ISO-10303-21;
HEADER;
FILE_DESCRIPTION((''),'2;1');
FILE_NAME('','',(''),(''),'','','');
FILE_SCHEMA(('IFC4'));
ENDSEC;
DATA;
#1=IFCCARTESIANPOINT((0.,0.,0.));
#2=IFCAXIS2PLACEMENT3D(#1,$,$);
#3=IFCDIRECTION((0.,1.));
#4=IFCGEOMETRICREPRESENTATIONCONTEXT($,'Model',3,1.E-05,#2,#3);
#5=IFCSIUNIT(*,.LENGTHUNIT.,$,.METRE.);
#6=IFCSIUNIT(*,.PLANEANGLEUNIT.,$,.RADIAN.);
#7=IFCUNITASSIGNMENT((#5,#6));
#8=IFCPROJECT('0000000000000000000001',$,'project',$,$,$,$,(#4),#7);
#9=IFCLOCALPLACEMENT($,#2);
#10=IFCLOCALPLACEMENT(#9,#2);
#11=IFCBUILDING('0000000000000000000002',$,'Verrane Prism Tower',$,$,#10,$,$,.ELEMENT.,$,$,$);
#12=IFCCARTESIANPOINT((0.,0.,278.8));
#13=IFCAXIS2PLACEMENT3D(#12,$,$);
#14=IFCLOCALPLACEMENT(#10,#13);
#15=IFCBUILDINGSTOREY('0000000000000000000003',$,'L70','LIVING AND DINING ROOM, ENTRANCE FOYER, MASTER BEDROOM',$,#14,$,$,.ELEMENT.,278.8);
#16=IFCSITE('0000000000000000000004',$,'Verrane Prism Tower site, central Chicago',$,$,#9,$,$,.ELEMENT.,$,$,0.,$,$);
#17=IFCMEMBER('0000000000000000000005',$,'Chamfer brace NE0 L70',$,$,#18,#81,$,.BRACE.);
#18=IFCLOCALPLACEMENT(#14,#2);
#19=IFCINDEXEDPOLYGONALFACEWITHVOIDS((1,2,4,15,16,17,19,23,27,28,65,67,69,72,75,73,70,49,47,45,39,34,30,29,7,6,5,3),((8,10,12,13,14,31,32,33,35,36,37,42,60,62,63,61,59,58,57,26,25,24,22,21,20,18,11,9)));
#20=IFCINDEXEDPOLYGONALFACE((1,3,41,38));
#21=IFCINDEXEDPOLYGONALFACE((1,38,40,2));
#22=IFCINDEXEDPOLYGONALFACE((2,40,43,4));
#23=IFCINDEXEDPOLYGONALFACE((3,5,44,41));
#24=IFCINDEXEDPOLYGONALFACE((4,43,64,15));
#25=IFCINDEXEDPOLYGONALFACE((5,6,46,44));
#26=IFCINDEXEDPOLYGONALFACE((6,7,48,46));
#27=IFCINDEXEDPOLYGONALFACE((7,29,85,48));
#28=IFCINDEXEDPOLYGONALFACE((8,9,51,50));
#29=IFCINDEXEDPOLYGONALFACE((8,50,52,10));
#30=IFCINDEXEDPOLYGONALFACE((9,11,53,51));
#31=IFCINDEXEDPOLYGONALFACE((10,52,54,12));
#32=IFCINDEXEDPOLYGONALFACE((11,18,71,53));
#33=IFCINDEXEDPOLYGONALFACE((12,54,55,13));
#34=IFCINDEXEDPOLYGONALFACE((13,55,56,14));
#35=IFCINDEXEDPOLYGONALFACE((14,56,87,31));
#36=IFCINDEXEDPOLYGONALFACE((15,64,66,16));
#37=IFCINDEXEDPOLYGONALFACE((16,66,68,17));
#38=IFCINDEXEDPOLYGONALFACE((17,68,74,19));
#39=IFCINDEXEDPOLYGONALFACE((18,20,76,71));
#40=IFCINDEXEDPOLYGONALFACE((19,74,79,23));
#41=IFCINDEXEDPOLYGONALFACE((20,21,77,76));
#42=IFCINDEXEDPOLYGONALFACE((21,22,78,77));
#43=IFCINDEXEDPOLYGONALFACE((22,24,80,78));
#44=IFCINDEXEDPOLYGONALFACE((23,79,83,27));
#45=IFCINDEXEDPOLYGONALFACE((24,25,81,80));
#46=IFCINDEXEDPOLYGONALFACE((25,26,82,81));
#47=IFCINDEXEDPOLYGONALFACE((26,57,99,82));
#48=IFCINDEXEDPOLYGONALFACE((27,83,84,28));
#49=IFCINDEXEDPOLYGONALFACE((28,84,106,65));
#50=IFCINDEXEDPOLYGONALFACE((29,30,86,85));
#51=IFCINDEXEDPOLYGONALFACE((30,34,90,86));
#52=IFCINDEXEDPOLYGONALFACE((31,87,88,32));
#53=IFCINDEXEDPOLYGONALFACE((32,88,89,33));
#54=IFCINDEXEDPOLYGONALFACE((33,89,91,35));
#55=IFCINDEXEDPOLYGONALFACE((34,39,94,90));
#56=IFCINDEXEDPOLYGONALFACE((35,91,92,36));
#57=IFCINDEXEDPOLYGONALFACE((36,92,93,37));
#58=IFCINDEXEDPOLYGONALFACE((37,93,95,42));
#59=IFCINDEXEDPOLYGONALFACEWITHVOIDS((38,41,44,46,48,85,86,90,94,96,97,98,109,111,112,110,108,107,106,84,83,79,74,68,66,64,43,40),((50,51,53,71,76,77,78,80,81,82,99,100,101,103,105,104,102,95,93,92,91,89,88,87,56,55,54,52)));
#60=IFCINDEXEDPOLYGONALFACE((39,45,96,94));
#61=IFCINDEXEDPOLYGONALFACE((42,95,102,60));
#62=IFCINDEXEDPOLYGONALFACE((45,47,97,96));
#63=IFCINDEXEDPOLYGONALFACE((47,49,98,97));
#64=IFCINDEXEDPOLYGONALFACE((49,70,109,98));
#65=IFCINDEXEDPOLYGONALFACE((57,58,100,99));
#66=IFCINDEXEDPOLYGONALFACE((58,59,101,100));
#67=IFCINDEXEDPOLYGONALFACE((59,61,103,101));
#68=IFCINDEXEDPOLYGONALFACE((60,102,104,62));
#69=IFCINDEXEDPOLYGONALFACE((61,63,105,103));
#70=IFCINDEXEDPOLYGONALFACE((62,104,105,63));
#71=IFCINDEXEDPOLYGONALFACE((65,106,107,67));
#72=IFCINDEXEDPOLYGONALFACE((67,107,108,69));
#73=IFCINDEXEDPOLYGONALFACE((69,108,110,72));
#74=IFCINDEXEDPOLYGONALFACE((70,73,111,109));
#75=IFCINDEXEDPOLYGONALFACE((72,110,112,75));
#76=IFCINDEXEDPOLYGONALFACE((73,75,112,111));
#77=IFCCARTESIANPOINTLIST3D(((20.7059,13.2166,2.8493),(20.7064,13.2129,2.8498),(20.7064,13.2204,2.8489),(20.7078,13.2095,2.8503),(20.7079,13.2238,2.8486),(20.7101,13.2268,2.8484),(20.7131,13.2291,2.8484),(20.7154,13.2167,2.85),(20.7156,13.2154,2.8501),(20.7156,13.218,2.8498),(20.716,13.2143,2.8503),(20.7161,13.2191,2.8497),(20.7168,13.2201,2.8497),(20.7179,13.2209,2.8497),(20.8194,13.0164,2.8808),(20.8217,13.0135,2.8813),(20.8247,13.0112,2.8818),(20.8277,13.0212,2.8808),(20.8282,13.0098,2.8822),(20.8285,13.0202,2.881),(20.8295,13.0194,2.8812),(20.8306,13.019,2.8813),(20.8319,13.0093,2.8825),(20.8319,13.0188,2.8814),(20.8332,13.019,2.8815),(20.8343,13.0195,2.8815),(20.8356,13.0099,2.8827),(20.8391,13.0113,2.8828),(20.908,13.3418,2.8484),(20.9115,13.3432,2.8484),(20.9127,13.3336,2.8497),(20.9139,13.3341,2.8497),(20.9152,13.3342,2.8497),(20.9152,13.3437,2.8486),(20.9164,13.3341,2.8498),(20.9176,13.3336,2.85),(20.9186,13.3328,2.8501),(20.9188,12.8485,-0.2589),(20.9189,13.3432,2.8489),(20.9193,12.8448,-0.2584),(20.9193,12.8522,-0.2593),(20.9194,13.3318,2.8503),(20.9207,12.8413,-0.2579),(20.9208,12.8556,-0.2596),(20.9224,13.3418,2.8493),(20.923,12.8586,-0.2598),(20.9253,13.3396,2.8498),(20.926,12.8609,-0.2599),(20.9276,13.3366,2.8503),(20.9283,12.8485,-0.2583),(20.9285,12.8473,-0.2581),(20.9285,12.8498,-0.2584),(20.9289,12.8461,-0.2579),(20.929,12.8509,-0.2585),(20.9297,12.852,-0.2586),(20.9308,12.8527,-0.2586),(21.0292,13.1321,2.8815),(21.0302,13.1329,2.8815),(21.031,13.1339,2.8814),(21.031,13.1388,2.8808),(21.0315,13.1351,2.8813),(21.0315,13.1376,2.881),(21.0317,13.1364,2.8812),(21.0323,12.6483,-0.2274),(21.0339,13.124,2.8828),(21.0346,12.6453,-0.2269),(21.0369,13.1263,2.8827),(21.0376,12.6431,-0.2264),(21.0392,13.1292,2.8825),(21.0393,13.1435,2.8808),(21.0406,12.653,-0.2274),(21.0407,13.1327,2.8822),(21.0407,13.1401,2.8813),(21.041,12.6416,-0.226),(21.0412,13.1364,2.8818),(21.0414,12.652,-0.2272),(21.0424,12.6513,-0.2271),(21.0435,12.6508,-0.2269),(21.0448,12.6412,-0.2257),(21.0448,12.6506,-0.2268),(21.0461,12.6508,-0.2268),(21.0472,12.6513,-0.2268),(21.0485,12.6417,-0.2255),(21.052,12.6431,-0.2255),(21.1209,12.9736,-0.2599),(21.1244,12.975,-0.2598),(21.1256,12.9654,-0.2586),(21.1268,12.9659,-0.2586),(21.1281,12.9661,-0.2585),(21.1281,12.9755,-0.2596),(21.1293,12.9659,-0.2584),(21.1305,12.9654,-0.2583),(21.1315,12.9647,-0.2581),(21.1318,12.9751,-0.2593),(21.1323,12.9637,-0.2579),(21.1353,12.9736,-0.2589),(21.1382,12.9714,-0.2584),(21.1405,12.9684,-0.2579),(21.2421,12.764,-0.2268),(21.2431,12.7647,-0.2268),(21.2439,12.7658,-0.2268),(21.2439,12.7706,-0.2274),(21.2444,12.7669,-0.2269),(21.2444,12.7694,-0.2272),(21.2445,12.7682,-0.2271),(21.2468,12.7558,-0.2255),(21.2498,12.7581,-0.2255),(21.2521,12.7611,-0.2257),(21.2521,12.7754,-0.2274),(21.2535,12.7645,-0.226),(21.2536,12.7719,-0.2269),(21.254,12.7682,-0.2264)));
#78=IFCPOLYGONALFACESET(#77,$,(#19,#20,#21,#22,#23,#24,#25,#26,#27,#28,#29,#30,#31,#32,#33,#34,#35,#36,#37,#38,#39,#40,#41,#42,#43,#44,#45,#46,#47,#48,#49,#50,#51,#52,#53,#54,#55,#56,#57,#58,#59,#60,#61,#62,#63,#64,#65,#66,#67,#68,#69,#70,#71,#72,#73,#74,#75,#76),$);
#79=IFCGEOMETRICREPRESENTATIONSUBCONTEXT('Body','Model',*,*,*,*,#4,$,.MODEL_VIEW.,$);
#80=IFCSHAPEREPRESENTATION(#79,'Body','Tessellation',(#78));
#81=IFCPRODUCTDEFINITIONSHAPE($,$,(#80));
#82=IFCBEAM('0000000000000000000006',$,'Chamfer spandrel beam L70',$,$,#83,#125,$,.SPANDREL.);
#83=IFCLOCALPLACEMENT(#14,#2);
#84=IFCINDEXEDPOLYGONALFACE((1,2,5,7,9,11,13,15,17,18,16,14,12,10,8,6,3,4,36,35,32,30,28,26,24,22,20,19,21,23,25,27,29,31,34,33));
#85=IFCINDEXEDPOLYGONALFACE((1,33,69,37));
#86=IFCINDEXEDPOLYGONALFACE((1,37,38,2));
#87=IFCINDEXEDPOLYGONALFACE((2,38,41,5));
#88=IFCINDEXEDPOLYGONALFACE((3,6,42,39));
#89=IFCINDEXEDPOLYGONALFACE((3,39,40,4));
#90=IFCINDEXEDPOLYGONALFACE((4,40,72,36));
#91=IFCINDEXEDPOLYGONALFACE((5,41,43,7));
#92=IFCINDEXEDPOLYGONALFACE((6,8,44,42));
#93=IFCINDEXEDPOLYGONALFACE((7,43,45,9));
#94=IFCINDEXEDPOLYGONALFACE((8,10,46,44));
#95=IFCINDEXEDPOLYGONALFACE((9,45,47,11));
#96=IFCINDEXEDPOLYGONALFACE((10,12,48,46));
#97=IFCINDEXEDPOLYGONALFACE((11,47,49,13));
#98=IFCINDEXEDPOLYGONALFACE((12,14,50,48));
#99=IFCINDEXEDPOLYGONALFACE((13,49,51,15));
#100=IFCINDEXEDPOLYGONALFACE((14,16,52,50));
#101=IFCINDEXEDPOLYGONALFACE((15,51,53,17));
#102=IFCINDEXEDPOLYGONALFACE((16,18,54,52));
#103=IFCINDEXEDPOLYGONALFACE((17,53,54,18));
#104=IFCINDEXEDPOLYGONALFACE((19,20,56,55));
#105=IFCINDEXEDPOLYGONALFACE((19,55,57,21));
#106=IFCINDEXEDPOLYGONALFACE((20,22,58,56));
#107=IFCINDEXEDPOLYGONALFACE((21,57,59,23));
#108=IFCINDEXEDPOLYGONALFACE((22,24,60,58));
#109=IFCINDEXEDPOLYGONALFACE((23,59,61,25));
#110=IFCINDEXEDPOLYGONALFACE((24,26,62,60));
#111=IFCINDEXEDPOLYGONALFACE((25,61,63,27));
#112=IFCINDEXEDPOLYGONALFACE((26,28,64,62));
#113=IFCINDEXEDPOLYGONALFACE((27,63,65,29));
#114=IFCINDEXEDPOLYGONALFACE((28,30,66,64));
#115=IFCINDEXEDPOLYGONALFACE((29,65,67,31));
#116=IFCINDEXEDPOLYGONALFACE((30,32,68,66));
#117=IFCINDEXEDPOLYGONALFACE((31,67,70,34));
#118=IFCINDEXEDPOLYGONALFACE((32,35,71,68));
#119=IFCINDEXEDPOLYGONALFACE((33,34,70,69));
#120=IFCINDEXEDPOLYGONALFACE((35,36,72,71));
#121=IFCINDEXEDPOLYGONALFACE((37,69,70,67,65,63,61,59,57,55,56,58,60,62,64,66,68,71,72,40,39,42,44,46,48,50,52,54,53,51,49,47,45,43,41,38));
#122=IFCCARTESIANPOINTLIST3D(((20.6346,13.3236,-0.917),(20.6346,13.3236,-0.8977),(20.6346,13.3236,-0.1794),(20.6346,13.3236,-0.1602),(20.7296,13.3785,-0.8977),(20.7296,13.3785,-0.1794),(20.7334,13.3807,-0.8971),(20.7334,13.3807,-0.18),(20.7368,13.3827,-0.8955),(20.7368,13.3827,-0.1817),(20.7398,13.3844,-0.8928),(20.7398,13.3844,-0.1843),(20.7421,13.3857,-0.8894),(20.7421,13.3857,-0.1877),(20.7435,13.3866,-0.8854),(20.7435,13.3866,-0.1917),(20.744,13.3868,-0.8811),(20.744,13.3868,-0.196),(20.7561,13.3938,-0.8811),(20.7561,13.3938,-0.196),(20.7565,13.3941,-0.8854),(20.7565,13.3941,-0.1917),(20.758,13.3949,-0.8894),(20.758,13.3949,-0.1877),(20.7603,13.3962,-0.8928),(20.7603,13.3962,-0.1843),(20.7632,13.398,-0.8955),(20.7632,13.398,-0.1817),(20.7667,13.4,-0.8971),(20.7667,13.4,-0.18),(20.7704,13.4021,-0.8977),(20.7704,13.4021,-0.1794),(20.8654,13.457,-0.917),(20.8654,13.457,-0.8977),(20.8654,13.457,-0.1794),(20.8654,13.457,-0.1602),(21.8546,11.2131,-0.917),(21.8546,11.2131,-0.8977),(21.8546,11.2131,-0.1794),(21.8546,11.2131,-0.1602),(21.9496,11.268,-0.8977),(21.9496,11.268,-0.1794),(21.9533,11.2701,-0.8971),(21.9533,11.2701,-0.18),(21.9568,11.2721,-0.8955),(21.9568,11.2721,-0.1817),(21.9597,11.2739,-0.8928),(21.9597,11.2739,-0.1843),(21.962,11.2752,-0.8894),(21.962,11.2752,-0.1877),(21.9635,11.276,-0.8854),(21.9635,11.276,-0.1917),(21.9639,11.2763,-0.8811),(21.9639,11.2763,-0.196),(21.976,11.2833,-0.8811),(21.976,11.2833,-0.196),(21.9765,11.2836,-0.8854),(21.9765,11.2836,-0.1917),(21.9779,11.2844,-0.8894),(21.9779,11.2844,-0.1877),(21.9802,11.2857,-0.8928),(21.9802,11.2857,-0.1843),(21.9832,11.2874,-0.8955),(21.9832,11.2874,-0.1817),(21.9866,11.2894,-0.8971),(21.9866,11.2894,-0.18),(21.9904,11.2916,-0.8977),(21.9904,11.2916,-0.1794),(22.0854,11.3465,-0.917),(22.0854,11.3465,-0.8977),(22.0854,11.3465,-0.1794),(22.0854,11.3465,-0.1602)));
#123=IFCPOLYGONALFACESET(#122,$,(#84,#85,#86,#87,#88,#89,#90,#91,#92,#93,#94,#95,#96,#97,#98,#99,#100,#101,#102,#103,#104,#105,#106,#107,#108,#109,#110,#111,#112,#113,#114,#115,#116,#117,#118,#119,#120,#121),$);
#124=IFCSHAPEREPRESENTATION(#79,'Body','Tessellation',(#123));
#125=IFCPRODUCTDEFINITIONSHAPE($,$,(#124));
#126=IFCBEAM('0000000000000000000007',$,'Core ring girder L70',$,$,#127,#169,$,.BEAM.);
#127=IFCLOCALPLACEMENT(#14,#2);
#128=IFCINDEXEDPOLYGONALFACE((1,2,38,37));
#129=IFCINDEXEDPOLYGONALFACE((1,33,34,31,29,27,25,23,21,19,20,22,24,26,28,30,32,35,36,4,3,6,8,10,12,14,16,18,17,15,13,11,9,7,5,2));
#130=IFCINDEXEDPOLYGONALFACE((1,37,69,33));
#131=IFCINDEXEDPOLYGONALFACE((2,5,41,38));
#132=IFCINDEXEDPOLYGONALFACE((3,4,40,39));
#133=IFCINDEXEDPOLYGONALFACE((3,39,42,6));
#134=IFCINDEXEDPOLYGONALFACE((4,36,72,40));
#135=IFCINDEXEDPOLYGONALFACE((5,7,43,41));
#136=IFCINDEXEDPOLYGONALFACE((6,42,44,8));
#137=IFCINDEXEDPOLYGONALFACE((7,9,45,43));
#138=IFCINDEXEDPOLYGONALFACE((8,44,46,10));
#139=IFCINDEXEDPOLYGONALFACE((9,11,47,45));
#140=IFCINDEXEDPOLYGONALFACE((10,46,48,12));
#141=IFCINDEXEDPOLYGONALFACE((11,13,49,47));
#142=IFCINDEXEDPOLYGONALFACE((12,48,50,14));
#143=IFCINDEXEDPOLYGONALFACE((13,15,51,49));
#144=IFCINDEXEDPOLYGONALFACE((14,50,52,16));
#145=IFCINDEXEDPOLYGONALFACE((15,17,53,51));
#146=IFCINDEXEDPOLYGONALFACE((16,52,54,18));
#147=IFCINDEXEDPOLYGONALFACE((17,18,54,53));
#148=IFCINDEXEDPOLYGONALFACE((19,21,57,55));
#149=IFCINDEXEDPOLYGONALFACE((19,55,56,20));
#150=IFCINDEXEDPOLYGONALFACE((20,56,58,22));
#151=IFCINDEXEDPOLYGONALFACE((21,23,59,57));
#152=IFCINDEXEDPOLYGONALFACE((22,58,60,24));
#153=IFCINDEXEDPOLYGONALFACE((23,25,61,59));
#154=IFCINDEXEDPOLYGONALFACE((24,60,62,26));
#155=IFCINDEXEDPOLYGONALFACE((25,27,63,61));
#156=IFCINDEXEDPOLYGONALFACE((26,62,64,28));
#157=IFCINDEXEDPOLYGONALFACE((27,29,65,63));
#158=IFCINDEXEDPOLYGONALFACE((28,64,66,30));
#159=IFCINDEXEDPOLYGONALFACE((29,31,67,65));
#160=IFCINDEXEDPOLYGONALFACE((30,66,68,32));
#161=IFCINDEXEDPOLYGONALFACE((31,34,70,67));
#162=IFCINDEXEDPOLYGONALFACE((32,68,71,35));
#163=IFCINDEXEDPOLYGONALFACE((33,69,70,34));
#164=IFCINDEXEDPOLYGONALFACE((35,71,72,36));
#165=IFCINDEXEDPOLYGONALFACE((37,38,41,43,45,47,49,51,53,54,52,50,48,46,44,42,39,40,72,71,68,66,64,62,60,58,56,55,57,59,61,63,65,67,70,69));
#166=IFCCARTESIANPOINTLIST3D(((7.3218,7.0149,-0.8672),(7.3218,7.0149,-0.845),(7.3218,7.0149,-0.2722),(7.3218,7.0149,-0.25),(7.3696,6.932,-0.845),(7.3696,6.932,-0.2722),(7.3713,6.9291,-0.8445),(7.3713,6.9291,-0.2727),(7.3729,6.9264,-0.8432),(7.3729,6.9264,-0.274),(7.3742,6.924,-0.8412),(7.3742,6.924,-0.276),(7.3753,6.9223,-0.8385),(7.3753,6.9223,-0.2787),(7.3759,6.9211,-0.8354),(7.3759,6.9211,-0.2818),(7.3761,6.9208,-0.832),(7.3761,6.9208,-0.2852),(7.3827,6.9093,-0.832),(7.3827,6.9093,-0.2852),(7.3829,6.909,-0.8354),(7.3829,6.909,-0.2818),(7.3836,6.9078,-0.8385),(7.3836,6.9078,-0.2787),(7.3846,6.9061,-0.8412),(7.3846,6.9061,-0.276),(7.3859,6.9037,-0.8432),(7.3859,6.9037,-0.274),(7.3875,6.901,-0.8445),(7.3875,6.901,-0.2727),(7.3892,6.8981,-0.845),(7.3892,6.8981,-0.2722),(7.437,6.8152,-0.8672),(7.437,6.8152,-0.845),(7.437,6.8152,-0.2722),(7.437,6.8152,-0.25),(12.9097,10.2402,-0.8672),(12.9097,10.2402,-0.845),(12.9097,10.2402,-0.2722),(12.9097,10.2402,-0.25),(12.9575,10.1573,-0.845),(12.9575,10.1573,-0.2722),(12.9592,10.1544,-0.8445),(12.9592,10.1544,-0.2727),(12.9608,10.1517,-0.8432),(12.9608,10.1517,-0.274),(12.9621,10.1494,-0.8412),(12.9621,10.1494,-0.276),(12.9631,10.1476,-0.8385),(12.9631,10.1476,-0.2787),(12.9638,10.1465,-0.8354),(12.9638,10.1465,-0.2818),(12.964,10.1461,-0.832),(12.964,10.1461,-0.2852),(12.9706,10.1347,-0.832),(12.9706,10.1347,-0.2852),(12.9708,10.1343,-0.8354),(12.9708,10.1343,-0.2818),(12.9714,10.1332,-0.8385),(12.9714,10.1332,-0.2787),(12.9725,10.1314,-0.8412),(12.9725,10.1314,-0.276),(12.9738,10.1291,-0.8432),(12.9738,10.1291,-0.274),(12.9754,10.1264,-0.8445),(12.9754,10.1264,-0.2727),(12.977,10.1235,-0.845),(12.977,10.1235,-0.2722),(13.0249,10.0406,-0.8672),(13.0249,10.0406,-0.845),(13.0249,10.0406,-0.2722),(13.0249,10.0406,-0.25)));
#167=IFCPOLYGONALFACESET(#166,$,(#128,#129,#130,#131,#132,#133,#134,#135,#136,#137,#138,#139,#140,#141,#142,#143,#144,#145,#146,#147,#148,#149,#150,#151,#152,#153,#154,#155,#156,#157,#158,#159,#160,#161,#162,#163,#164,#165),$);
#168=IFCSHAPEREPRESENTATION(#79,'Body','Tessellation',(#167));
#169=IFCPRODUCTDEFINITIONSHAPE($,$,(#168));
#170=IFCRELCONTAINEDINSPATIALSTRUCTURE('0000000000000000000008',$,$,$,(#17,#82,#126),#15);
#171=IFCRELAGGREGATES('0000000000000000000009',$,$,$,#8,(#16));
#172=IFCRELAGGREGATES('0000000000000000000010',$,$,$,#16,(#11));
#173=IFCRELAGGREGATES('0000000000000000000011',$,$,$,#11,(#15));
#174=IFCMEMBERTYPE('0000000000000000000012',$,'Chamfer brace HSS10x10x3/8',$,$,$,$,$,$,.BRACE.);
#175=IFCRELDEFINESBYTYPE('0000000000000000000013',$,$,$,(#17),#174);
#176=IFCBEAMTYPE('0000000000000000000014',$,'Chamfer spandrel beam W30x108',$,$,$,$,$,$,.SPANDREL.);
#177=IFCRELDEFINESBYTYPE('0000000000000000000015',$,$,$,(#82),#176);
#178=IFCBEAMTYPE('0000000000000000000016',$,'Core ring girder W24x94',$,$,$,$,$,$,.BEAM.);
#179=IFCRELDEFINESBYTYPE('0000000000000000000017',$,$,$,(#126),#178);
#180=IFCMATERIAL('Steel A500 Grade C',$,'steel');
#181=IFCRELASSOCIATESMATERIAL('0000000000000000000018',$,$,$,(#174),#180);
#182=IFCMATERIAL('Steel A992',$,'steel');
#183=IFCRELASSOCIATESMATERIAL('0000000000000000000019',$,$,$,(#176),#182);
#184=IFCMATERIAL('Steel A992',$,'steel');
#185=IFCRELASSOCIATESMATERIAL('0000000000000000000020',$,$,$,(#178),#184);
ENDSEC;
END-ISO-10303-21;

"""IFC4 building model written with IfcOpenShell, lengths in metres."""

from ifc_helpers import new_model, si_unit, direction, frame, origin, origin_2d, place, context, subcontext, project, spatial, hollow_rectangle, i_section, extrude, material, material_profile, profile_set, type_object, element, save


model = new_model("IFC4")

# Units and contexts
model_context = context("Model", 3, precision=1e-05, world=origin(), true_north=direction((0.0, 1.0)))
body_context = subcontext(model_context, "Body", "Model", "MODEL_VIEW")
ifc_project = project(units=[si_unit("LENGTHUNIT", "METRE"), si_unit("PLANEANGLEUNIT", "RADIAN")], contexts=[model_context])

# Site, building, storey
site_placement = place(None, origin())
site = spatial("IfcSite", under=ifc_project, at=site_placement, Name="Verrane Prism Tower site, central Chicago", CompositionType="ELEMENT", RefElevation=0.0)
building_placement = place(site_placement, origin())
building = spatial("IfcBuilding", under=site, at=building_placement, Name="Verrane Prism Tower", CompositionType="ELEMENT")
storey_placement = place(building_placement, frame((0.0, 0.0, 278.8)))
storey = spatial("IfcBuildingStorey", under=building, at=storey_placement, Name="L70", Description="LIVING AND DINING ROOM, ENTRANCE FOYER, MASTER BEDROOM", CompositionType="ELEMENT", Elevation=278.8)

# Member
ifc_material_1 = material(Name="Steel A500 Grade C", Category="steel")
ifc_material_profile_1 = material_profile(ifc_material_1, hollow_rectangle(XDim=0.2539, YDim=0.2539, WallThickness=0.0095, InnerFilletRadius=0.0049, OuterFilletRadius=0.0144, at=origin_2d()), Name="HSS10x10x3/8")
ifc_profile_set_1 = profile_set([ifc_material_profile_1], Name="Steel A500 Grade C")
member_type_1 = type_object("IfcMemberType", Name="Chamfer brace HSS10x10x3/8", PredefinedType="BRACE", material=ifc_profile_set_1)
member_1_placement = place(storey_placement, frame((21.0864, 12.8083, -0.2427), z_axis=(-0.067862, 0.117358, 0.990768), x_axis=(-0.865688, -0.500584, 0.0)))
element("IfcMember", 1, at=member_1_placement, inside=storey, type_object=member_type_1, Name="Chamfer brace NE0 L70", PredefinedType="BRACE", context=body_context, shape_type="SweptSolid", body=[
    extrude(hollow_rectangle(XDim=0.2539, YDim=0.2539, WallThickness=0.0095, InnerFilletRadius=0.0049, OuterFilletRadius=0.0144, at=origin_2d()), origin(), (0.0, 0.0, 1.0), 3.1372),
])

# Beams
ifc_material_2 = material(Name="Steel A992", Category="steel")
ifc_material_profile_2 = material_profile(ifc_material_2, i_section(OverallWidth=0.2666, OverallDepth=0.7568, WebThickness=0.0139, FlangeThickness=0.0193, FilletRadius=0.0166, at=origin_2d()), Name="W30x108")
ifc_profile_set_2 = profile_set([ifc_material_profile_2], Name="Steel A992")
beam_type_1 = type_object("IfcBeamType", Name="Chamfer spandrel beam W30x108", PredefinedType="SPANDREL", material=ifc_profile_set_2)
beam_1_placement = place(storey_placement, frame((21.97, 11.2798, -0.5386), z_axis=(-0.500436, 0.865773, 0.0), x_axis=(-0.865773, -0.500436, 0.0)))
element("IfcBeam", 2, at=beam_1_placement, inside=storey, type_object=beam_type_1, Name="Chamfer spandrel beam L70", PredefinedType="SPANDREL", context=body_context, shape_type="SweptSolid", body=[
    extrude(i_section(OverallWidth=0.2666, OverallDepth=0.7568, WebThickness=0.0139, FlangeThickness=0.0193, FilletRadius=0.0166, at=origin_2d()), origin(), (0.0, 0.0, 1.0), 2.4377),
])
ifc_material_3 = material(Name="Steel A992", Category="steel")
ifc_material_profile_3 = material_profile(ifc_material_3, i_section(OverallWidth=0.2305, OverallDepth=0.6172, WebThickness=0.0132, FlangeThickness=0.0222, FilletRadius=0.0129, at=origin_2d()), Name="W24x94")
ifc_profile_set_3 = profile_set([ifc_material_profile_3], Name="Steel A992")
beam_type_2 = type_object("IfcBeamType", Name="Core ring girder W24x94", PredefinedType="BEAM", material=ifc_profile_set_3)
beam_2_placement = place(storey_placement, frame((12.9673, 10.1404, -0.5586), z_axis=(-0.866081, -0.499904, 0.0), x_axis=(0.499904, -0.866081, 0.0)))
element("IfcBeam", 3, at=beam_2_placement, inside=storey, type_object=beam_type_2, Name="Core ring girder L70", PredefinedType="BEAM", context=body_context, shape_type="SweptSolid", body=[
    extrude(i_section(OverallWidth=0.2305, OverallDepth=0.6172, WebThickness=0.0132, FlangeThickness=0.0222, FilletRadius=0.0129, at=origin_2d()), origin(), (0.0, 0.0, 1.0), 6.4519),
])

save(model, "model.ifc")
